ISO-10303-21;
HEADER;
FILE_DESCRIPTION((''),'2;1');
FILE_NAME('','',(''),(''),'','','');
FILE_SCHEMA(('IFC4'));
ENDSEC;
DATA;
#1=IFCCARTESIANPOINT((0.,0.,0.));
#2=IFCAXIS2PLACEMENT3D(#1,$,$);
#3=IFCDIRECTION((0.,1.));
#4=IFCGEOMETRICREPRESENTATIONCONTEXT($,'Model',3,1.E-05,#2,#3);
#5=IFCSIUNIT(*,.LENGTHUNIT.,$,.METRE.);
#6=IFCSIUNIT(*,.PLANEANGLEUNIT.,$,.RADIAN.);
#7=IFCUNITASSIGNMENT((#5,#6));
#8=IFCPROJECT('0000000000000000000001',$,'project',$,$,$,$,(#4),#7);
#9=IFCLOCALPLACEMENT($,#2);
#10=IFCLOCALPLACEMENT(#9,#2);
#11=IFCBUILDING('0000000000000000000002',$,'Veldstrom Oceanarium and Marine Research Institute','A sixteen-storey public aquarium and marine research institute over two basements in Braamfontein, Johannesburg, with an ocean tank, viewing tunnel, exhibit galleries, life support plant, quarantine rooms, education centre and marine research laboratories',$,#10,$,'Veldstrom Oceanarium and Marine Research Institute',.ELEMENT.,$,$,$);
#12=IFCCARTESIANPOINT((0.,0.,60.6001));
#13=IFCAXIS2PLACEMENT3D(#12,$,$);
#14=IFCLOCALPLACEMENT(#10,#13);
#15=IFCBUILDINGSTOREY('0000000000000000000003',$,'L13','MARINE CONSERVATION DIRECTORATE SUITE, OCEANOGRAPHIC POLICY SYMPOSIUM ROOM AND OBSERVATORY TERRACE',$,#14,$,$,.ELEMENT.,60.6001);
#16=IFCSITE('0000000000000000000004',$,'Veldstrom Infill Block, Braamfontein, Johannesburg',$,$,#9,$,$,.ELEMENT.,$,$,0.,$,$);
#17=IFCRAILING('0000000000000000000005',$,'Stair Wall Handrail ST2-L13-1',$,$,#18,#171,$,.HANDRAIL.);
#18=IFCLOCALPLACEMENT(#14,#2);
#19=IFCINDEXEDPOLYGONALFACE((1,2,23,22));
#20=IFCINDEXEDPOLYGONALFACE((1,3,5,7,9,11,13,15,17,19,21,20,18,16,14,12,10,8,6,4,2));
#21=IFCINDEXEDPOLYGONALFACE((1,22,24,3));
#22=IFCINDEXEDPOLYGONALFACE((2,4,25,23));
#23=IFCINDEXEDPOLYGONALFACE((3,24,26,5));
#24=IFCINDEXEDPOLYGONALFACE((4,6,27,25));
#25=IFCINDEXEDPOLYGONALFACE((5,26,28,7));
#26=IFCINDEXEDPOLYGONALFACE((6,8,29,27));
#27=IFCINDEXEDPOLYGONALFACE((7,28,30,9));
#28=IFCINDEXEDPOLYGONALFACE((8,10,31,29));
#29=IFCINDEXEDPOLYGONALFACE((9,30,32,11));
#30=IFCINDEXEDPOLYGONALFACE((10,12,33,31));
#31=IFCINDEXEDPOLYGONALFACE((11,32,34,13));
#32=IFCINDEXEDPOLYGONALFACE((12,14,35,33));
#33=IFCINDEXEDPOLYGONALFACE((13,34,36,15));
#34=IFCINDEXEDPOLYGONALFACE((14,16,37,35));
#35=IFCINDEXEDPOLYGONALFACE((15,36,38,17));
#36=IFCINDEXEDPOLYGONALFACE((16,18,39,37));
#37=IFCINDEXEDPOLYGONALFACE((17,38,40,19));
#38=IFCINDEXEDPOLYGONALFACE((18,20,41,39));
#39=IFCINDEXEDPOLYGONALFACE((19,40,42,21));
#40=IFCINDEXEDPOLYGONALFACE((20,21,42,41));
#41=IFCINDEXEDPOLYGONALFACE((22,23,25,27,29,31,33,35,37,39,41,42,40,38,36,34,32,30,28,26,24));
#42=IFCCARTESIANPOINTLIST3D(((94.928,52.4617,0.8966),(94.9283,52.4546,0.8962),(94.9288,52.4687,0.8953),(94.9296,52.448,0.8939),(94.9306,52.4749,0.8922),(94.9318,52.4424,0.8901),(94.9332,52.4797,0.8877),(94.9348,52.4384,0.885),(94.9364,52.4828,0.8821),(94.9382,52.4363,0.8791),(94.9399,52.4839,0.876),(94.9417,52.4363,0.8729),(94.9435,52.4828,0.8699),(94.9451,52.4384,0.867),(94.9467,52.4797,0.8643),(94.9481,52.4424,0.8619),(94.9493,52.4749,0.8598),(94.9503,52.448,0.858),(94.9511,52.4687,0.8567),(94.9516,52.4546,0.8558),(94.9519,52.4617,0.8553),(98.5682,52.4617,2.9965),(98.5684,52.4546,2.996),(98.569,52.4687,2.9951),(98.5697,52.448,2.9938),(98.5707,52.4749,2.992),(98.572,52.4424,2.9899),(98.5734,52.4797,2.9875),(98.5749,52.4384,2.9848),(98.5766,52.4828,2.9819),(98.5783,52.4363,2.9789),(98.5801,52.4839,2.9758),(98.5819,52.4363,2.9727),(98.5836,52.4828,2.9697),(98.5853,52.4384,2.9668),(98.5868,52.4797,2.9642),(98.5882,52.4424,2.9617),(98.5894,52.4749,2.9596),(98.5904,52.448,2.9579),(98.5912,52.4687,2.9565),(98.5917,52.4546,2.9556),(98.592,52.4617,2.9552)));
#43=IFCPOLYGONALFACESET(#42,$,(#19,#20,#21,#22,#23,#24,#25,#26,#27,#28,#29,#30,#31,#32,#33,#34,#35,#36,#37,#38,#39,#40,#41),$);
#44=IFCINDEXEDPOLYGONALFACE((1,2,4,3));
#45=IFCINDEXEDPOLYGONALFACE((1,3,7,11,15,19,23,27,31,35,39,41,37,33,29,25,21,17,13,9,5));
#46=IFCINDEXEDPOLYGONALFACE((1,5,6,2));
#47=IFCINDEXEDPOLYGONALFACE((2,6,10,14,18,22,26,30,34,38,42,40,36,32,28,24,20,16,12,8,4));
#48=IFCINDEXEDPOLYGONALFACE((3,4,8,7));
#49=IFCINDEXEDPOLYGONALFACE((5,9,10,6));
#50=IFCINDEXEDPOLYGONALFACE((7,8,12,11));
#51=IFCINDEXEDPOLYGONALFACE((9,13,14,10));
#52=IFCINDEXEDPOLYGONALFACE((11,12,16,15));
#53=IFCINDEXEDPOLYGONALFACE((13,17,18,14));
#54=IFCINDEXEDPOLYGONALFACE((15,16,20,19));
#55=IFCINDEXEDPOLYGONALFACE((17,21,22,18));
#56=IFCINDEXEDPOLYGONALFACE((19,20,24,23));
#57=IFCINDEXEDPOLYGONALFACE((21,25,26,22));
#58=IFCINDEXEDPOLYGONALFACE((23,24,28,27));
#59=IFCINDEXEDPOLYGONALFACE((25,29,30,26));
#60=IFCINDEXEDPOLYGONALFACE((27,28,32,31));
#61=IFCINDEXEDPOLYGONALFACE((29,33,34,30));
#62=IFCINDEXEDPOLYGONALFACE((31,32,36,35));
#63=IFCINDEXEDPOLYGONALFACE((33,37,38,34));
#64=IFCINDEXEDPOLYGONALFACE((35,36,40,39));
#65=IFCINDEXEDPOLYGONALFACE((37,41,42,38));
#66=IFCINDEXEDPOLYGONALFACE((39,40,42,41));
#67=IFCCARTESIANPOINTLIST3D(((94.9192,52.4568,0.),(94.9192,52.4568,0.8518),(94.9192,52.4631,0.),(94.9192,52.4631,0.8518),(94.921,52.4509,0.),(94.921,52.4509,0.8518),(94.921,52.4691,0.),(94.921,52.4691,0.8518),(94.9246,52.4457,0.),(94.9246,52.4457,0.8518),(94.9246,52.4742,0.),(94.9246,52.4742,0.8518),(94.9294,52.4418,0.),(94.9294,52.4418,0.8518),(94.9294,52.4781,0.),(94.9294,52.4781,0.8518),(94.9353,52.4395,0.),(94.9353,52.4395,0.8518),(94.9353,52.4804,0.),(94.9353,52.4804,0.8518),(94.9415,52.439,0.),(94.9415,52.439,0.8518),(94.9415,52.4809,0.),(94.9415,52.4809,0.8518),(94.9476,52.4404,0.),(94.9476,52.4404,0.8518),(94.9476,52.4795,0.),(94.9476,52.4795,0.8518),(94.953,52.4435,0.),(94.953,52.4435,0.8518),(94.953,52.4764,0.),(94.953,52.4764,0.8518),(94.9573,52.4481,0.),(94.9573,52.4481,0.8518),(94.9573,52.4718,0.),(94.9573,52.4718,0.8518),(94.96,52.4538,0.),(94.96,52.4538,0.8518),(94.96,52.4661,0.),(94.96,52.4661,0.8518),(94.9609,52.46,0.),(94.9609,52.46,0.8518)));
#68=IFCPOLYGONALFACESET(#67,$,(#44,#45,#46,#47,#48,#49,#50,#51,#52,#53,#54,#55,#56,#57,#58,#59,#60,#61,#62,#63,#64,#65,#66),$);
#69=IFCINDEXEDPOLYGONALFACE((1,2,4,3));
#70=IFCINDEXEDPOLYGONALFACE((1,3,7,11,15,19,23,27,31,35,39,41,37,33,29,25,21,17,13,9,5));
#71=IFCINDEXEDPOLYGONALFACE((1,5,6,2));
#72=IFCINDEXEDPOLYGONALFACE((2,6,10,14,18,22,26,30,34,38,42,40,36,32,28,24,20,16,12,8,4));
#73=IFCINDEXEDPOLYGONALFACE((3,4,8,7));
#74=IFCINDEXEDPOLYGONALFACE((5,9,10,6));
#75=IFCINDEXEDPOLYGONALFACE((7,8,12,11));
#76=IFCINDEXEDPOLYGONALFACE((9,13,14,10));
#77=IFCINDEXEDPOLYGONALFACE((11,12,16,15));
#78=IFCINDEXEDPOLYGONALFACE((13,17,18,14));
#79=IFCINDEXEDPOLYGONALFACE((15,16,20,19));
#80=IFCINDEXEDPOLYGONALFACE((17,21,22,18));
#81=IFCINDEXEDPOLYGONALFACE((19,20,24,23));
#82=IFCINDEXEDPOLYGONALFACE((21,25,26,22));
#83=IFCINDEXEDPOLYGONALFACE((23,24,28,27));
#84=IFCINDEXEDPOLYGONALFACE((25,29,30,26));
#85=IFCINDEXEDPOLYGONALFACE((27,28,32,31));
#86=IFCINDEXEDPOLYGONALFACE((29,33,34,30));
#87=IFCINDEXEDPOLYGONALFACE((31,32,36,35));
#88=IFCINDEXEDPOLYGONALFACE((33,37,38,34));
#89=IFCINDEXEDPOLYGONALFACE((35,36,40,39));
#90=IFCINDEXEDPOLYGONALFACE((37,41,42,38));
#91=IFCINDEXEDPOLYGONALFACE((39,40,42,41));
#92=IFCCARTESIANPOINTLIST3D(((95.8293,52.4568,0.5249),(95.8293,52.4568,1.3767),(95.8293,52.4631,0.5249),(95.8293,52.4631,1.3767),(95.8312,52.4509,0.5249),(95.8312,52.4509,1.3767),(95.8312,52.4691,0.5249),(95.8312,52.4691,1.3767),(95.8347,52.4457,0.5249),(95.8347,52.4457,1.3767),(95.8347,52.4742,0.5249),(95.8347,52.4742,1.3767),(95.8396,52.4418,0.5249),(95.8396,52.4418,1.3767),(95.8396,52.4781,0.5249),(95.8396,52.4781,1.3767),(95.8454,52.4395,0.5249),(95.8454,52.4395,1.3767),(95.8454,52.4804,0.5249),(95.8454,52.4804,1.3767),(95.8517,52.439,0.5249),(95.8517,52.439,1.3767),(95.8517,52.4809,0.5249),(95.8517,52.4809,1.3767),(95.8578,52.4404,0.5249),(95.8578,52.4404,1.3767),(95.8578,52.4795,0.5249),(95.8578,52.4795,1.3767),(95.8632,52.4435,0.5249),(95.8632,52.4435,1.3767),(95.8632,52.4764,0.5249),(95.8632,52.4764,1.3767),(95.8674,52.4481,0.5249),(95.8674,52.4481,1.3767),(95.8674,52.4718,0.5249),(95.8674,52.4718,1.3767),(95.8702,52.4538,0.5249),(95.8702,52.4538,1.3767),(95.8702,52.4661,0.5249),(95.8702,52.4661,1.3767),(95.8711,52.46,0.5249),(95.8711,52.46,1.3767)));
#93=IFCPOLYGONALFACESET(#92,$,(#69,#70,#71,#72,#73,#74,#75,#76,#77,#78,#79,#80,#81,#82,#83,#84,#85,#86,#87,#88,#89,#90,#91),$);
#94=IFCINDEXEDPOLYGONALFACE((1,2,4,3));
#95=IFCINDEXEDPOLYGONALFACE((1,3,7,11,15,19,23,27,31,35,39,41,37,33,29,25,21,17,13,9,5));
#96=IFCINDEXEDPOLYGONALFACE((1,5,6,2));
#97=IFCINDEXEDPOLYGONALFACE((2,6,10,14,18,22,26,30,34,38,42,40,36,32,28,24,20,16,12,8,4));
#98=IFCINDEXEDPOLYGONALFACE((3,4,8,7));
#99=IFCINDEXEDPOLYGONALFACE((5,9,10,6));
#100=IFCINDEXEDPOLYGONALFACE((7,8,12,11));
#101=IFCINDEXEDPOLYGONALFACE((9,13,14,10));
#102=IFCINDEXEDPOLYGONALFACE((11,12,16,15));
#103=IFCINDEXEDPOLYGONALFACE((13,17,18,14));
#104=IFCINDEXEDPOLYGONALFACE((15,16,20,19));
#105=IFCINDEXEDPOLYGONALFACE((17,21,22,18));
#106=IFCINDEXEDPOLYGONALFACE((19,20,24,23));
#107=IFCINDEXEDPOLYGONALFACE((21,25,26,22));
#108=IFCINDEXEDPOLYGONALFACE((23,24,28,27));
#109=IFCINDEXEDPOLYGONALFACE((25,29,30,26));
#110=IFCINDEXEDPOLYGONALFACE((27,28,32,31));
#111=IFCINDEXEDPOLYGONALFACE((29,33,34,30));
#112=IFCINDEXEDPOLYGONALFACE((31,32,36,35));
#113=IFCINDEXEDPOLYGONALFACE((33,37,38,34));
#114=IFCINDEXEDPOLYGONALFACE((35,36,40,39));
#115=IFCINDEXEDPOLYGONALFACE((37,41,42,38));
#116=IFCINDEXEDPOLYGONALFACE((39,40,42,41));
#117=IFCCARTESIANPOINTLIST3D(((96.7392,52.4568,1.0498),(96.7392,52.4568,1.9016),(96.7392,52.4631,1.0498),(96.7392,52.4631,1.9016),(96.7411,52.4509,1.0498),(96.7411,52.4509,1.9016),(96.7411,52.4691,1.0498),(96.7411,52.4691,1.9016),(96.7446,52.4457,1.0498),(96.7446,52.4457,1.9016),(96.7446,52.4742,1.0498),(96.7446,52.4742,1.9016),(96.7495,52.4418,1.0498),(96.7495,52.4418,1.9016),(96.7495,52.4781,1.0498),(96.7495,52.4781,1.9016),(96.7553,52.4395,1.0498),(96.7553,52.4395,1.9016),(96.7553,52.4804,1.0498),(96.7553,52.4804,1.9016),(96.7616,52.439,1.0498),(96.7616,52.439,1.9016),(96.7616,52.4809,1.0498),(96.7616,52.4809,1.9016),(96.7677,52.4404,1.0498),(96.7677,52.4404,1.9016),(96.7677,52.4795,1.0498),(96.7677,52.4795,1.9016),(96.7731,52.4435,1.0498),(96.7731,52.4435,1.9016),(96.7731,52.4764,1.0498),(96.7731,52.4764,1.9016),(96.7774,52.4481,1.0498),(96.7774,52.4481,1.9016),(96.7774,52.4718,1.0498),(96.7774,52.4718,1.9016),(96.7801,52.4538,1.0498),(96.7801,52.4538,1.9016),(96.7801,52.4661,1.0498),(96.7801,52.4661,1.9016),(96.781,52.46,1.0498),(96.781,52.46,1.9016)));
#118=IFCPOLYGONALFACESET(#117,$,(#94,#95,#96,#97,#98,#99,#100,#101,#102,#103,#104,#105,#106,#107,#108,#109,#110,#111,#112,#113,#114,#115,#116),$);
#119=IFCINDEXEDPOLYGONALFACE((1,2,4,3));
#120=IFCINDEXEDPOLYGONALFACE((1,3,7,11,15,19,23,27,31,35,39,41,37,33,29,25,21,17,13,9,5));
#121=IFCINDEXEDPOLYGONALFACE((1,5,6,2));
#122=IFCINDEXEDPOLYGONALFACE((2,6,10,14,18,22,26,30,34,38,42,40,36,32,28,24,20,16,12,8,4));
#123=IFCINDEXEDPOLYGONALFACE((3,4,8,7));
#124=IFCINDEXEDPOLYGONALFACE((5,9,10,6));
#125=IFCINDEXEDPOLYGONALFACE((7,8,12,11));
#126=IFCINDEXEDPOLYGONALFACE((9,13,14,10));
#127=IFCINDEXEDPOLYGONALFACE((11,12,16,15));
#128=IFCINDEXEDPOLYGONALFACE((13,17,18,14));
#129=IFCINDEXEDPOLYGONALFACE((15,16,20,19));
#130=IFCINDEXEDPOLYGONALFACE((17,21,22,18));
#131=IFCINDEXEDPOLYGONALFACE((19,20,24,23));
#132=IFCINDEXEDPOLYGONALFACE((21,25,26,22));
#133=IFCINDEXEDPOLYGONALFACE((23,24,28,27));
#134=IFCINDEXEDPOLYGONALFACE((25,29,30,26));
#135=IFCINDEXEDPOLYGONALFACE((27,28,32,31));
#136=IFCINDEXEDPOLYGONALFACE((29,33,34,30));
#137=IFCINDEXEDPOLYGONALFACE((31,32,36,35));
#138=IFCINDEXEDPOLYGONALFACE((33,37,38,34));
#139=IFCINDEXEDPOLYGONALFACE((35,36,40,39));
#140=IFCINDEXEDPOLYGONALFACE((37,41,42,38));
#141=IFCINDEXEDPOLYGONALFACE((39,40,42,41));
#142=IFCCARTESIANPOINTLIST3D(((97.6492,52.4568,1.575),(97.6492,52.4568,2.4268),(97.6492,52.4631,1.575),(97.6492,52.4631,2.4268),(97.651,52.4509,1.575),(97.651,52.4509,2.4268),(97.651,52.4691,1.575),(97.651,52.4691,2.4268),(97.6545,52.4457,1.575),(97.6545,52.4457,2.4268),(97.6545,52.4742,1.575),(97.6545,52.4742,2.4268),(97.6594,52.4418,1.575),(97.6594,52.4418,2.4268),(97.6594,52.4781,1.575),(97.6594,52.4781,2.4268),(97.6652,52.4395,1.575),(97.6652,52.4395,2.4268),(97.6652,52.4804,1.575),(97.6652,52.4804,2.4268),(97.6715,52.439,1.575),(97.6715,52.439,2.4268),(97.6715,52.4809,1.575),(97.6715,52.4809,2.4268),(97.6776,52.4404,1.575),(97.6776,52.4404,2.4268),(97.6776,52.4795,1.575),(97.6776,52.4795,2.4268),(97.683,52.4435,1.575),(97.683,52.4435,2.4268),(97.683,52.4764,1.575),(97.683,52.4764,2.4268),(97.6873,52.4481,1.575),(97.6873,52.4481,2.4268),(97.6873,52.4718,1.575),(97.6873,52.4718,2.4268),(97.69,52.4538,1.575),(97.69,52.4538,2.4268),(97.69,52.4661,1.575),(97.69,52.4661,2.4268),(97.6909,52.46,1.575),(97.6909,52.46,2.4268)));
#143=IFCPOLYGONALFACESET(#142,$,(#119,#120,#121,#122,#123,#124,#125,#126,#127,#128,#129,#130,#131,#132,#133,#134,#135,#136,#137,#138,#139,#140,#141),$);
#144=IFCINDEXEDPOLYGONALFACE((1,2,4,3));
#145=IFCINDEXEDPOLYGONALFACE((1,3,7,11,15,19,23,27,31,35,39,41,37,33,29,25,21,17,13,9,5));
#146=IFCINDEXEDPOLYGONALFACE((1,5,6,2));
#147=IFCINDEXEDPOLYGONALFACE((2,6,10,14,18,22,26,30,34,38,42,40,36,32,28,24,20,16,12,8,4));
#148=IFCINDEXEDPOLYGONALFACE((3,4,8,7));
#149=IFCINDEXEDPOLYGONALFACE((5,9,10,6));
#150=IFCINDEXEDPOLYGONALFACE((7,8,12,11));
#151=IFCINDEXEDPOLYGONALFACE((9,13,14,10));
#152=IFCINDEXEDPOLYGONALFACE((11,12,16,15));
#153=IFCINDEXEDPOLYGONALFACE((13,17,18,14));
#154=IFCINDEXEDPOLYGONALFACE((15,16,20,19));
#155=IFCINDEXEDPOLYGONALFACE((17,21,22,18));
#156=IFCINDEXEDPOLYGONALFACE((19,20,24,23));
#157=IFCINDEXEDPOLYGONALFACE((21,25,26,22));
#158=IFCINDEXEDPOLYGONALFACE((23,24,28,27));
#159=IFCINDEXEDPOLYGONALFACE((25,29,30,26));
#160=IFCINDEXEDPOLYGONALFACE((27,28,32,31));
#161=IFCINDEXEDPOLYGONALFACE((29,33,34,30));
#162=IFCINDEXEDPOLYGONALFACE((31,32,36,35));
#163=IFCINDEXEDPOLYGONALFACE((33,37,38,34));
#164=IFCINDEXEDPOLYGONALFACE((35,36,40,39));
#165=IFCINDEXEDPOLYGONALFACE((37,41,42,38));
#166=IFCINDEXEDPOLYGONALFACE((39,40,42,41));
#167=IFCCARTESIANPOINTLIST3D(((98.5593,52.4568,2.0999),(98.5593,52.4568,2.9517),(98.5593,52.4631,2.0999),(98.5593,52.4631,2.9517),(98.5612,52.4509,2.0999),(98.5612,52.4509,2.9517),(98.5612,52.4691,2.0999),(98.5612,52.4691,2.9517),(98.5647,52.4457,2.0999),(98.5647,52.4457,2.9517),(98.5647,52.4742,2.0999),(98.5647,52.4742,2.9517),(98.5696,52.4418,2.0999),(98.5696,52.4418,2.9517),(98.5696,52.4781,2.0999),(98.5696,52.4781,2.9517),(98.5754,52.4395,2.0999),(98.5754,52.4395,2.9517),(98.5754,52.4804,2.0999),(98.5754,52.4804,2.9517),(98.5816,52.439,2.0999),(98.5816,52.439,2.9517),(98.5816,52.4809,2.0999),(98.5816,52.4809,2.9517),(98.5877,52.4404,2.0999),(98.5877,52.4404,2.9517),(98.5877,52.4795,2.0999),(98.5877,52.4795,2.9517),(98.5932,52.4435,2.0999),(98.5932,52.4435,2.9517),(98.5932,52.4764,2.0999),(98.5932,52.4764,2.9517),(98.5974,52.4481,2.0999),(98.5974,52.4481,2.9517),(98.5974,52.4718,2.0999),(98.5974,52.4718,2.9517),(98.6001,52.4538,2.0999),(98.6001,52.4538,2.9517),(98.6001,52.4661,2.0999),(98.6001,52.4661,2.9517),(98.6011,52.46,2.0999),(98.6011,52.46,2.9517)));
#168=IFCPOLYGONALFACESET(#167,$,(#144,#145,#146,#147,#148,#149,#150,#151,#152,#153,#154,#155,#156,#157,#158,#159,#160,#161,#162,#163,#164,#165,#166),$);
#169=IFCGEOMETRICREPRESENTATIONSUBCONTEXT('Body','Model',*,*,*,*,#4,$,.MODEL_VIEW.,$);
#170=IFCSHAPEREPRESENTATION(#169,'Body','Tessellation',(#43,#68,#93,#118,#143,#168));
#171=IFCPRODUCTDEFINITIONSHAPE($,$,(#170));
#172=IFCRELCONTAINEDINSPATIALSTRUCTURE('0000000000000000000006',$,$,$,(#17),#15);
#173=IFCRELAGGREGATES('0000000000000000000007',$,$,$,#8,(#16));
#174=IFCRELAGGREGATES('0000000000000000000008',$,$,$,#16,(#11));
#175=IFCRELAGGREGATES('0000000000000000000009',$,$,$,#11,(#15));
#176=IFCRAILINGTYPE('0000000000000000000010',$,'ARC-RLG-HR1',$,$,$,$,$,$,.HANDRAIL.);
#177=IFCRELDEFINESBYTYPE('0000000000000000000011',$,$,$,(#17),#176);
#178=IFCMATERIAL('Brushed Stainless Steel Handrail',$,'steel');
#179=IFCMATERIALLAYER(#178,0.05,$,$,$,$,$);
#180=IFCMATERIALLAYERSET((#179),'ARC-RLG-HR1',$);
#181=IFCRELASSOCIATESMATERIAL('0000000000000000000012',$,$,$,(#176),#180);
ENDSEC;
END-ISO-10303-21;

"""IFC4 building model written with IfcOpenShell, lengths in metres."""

from ifc_helpers import new_model, si_unit, direction, frame, origin, origin_2d, place, context, subcontext, project, spatial, circle, extrude, material, layer, layer_set, type_object, element, save


model = new_model("IFC4")

# Units and contexts
model_context = context("Model", 3, precision=1e-05, world=origin(), true_north=direction((0.0, 1.0)))
body_context = subcontext(model_context, "Body", "Model", "MODEL_VIEW")
ifc_project = project(units=[si_unit("LENGTHUNIT", "METRE"), si_unit("PLANEANGLEUNIT", "RADIAN")], contexts=[model_context])

# Site, building, storey
site_placement = place(None, origin())
site = spatial("IfcSite", under=ifc_project, at=site_placement, Name="Veldstrom Infill Block, Braamfontein, Johannesburg", CompositionType="ELEMENT", RefElevation=0.0)
building_placement = place(site_placement, origin())
building = spatial("IfcBuilding", under=site, at=building_placement, Name="Veldstrom Oceanarium and Marine Research Institute", Description="A sixteen-storey public aquarium and marine research institute over two basements in Braamfontein, Johannesburg, with an ocean tank, viewing tunnel, exhibit galleries, life support plant, quarantine rooms, education centre and marine research laboratories", LongName="Veldstrom Oceanarium and Marine Research Institute", CompositionType="ELEMENT")
storey_placement = place(building_placement, frame((0.0, 0.0, 60.6001)))
storey = spatial("IfcBuildingStorey", under=building, at=storey_placement, Name="L13", Description="MARINE CONSERVATION DIRECTORATE SUITE, OCEANOGRAPHIC POLICY SYMPOSIUM ROOM AND OBSERVATORY TERRACE", CompositionType="ELEMENT", Elevation=60.6001)

# Railing
ifc_material_1 = material(Name="Brushed Stainless Steel Handrail", Category="steel")
ifc_layer_1 = layer(ifc_material_1, 0.05)
ifc_layer_set_1 = layer_set([ifc_layer_1], Name="ARC-RLG-HR1")
railing_type_1 = type_object("IfcRailingType", Name="ARC-RLG-HR1", PredefinedType="HANDRAIL", material=ifc_layer_set_1)
railing_1_placement = place(storey_placement, frame((94.9399, 52.46, 0.0)))
element("IfcRailing", 1, at=railing_1_placement, inside=storey, type_object=railing_type_1, Name="Stair Wall Handrail ST2-L13-1", PredefinedType="HANDRAIL", context=body_context, shape_type="SweptSolid", body=[
    extrude(circle(Radius=0.0239, at=origin_2d()), frame((0.0, 0.0, 0.876), z_axis=(0.866209, 0.0, 0.499682), x_axis=(0.0, 1.0, 0.0)), (0.0, 0.0, 1.0), 4.2024),
    extrude(circle(Radius=0.021, at=origin_2d()), origin(), (0.0, 0.0, 1.0), 0.8518),
    extrude(circle(Radius=0.021, at=origin_2d()), frame((0.9102, 0.0, 0.5249)), (0.0, 0.0, 1.0), 0.8518),
    extrude(circle(Radius=0.021, at=origin_2d()), frame((1.8201, 0.0, 1.0498)), (0.0, 0.0, 1.0), 0.8518),
    extrude(circle(Radius=0.021, at=origin_2d()), frame((2.73, 0.0, 1.575)), (0.0, 0.0, 1.0), 0.8518),
    extrude(circle(Radius=0.021, at=origin_2d()), frame((3.6401, 0.0, 2.0999)), (0.0, 0.0, 1.0), 0.8518),
])

save(model, "model.ifc")
